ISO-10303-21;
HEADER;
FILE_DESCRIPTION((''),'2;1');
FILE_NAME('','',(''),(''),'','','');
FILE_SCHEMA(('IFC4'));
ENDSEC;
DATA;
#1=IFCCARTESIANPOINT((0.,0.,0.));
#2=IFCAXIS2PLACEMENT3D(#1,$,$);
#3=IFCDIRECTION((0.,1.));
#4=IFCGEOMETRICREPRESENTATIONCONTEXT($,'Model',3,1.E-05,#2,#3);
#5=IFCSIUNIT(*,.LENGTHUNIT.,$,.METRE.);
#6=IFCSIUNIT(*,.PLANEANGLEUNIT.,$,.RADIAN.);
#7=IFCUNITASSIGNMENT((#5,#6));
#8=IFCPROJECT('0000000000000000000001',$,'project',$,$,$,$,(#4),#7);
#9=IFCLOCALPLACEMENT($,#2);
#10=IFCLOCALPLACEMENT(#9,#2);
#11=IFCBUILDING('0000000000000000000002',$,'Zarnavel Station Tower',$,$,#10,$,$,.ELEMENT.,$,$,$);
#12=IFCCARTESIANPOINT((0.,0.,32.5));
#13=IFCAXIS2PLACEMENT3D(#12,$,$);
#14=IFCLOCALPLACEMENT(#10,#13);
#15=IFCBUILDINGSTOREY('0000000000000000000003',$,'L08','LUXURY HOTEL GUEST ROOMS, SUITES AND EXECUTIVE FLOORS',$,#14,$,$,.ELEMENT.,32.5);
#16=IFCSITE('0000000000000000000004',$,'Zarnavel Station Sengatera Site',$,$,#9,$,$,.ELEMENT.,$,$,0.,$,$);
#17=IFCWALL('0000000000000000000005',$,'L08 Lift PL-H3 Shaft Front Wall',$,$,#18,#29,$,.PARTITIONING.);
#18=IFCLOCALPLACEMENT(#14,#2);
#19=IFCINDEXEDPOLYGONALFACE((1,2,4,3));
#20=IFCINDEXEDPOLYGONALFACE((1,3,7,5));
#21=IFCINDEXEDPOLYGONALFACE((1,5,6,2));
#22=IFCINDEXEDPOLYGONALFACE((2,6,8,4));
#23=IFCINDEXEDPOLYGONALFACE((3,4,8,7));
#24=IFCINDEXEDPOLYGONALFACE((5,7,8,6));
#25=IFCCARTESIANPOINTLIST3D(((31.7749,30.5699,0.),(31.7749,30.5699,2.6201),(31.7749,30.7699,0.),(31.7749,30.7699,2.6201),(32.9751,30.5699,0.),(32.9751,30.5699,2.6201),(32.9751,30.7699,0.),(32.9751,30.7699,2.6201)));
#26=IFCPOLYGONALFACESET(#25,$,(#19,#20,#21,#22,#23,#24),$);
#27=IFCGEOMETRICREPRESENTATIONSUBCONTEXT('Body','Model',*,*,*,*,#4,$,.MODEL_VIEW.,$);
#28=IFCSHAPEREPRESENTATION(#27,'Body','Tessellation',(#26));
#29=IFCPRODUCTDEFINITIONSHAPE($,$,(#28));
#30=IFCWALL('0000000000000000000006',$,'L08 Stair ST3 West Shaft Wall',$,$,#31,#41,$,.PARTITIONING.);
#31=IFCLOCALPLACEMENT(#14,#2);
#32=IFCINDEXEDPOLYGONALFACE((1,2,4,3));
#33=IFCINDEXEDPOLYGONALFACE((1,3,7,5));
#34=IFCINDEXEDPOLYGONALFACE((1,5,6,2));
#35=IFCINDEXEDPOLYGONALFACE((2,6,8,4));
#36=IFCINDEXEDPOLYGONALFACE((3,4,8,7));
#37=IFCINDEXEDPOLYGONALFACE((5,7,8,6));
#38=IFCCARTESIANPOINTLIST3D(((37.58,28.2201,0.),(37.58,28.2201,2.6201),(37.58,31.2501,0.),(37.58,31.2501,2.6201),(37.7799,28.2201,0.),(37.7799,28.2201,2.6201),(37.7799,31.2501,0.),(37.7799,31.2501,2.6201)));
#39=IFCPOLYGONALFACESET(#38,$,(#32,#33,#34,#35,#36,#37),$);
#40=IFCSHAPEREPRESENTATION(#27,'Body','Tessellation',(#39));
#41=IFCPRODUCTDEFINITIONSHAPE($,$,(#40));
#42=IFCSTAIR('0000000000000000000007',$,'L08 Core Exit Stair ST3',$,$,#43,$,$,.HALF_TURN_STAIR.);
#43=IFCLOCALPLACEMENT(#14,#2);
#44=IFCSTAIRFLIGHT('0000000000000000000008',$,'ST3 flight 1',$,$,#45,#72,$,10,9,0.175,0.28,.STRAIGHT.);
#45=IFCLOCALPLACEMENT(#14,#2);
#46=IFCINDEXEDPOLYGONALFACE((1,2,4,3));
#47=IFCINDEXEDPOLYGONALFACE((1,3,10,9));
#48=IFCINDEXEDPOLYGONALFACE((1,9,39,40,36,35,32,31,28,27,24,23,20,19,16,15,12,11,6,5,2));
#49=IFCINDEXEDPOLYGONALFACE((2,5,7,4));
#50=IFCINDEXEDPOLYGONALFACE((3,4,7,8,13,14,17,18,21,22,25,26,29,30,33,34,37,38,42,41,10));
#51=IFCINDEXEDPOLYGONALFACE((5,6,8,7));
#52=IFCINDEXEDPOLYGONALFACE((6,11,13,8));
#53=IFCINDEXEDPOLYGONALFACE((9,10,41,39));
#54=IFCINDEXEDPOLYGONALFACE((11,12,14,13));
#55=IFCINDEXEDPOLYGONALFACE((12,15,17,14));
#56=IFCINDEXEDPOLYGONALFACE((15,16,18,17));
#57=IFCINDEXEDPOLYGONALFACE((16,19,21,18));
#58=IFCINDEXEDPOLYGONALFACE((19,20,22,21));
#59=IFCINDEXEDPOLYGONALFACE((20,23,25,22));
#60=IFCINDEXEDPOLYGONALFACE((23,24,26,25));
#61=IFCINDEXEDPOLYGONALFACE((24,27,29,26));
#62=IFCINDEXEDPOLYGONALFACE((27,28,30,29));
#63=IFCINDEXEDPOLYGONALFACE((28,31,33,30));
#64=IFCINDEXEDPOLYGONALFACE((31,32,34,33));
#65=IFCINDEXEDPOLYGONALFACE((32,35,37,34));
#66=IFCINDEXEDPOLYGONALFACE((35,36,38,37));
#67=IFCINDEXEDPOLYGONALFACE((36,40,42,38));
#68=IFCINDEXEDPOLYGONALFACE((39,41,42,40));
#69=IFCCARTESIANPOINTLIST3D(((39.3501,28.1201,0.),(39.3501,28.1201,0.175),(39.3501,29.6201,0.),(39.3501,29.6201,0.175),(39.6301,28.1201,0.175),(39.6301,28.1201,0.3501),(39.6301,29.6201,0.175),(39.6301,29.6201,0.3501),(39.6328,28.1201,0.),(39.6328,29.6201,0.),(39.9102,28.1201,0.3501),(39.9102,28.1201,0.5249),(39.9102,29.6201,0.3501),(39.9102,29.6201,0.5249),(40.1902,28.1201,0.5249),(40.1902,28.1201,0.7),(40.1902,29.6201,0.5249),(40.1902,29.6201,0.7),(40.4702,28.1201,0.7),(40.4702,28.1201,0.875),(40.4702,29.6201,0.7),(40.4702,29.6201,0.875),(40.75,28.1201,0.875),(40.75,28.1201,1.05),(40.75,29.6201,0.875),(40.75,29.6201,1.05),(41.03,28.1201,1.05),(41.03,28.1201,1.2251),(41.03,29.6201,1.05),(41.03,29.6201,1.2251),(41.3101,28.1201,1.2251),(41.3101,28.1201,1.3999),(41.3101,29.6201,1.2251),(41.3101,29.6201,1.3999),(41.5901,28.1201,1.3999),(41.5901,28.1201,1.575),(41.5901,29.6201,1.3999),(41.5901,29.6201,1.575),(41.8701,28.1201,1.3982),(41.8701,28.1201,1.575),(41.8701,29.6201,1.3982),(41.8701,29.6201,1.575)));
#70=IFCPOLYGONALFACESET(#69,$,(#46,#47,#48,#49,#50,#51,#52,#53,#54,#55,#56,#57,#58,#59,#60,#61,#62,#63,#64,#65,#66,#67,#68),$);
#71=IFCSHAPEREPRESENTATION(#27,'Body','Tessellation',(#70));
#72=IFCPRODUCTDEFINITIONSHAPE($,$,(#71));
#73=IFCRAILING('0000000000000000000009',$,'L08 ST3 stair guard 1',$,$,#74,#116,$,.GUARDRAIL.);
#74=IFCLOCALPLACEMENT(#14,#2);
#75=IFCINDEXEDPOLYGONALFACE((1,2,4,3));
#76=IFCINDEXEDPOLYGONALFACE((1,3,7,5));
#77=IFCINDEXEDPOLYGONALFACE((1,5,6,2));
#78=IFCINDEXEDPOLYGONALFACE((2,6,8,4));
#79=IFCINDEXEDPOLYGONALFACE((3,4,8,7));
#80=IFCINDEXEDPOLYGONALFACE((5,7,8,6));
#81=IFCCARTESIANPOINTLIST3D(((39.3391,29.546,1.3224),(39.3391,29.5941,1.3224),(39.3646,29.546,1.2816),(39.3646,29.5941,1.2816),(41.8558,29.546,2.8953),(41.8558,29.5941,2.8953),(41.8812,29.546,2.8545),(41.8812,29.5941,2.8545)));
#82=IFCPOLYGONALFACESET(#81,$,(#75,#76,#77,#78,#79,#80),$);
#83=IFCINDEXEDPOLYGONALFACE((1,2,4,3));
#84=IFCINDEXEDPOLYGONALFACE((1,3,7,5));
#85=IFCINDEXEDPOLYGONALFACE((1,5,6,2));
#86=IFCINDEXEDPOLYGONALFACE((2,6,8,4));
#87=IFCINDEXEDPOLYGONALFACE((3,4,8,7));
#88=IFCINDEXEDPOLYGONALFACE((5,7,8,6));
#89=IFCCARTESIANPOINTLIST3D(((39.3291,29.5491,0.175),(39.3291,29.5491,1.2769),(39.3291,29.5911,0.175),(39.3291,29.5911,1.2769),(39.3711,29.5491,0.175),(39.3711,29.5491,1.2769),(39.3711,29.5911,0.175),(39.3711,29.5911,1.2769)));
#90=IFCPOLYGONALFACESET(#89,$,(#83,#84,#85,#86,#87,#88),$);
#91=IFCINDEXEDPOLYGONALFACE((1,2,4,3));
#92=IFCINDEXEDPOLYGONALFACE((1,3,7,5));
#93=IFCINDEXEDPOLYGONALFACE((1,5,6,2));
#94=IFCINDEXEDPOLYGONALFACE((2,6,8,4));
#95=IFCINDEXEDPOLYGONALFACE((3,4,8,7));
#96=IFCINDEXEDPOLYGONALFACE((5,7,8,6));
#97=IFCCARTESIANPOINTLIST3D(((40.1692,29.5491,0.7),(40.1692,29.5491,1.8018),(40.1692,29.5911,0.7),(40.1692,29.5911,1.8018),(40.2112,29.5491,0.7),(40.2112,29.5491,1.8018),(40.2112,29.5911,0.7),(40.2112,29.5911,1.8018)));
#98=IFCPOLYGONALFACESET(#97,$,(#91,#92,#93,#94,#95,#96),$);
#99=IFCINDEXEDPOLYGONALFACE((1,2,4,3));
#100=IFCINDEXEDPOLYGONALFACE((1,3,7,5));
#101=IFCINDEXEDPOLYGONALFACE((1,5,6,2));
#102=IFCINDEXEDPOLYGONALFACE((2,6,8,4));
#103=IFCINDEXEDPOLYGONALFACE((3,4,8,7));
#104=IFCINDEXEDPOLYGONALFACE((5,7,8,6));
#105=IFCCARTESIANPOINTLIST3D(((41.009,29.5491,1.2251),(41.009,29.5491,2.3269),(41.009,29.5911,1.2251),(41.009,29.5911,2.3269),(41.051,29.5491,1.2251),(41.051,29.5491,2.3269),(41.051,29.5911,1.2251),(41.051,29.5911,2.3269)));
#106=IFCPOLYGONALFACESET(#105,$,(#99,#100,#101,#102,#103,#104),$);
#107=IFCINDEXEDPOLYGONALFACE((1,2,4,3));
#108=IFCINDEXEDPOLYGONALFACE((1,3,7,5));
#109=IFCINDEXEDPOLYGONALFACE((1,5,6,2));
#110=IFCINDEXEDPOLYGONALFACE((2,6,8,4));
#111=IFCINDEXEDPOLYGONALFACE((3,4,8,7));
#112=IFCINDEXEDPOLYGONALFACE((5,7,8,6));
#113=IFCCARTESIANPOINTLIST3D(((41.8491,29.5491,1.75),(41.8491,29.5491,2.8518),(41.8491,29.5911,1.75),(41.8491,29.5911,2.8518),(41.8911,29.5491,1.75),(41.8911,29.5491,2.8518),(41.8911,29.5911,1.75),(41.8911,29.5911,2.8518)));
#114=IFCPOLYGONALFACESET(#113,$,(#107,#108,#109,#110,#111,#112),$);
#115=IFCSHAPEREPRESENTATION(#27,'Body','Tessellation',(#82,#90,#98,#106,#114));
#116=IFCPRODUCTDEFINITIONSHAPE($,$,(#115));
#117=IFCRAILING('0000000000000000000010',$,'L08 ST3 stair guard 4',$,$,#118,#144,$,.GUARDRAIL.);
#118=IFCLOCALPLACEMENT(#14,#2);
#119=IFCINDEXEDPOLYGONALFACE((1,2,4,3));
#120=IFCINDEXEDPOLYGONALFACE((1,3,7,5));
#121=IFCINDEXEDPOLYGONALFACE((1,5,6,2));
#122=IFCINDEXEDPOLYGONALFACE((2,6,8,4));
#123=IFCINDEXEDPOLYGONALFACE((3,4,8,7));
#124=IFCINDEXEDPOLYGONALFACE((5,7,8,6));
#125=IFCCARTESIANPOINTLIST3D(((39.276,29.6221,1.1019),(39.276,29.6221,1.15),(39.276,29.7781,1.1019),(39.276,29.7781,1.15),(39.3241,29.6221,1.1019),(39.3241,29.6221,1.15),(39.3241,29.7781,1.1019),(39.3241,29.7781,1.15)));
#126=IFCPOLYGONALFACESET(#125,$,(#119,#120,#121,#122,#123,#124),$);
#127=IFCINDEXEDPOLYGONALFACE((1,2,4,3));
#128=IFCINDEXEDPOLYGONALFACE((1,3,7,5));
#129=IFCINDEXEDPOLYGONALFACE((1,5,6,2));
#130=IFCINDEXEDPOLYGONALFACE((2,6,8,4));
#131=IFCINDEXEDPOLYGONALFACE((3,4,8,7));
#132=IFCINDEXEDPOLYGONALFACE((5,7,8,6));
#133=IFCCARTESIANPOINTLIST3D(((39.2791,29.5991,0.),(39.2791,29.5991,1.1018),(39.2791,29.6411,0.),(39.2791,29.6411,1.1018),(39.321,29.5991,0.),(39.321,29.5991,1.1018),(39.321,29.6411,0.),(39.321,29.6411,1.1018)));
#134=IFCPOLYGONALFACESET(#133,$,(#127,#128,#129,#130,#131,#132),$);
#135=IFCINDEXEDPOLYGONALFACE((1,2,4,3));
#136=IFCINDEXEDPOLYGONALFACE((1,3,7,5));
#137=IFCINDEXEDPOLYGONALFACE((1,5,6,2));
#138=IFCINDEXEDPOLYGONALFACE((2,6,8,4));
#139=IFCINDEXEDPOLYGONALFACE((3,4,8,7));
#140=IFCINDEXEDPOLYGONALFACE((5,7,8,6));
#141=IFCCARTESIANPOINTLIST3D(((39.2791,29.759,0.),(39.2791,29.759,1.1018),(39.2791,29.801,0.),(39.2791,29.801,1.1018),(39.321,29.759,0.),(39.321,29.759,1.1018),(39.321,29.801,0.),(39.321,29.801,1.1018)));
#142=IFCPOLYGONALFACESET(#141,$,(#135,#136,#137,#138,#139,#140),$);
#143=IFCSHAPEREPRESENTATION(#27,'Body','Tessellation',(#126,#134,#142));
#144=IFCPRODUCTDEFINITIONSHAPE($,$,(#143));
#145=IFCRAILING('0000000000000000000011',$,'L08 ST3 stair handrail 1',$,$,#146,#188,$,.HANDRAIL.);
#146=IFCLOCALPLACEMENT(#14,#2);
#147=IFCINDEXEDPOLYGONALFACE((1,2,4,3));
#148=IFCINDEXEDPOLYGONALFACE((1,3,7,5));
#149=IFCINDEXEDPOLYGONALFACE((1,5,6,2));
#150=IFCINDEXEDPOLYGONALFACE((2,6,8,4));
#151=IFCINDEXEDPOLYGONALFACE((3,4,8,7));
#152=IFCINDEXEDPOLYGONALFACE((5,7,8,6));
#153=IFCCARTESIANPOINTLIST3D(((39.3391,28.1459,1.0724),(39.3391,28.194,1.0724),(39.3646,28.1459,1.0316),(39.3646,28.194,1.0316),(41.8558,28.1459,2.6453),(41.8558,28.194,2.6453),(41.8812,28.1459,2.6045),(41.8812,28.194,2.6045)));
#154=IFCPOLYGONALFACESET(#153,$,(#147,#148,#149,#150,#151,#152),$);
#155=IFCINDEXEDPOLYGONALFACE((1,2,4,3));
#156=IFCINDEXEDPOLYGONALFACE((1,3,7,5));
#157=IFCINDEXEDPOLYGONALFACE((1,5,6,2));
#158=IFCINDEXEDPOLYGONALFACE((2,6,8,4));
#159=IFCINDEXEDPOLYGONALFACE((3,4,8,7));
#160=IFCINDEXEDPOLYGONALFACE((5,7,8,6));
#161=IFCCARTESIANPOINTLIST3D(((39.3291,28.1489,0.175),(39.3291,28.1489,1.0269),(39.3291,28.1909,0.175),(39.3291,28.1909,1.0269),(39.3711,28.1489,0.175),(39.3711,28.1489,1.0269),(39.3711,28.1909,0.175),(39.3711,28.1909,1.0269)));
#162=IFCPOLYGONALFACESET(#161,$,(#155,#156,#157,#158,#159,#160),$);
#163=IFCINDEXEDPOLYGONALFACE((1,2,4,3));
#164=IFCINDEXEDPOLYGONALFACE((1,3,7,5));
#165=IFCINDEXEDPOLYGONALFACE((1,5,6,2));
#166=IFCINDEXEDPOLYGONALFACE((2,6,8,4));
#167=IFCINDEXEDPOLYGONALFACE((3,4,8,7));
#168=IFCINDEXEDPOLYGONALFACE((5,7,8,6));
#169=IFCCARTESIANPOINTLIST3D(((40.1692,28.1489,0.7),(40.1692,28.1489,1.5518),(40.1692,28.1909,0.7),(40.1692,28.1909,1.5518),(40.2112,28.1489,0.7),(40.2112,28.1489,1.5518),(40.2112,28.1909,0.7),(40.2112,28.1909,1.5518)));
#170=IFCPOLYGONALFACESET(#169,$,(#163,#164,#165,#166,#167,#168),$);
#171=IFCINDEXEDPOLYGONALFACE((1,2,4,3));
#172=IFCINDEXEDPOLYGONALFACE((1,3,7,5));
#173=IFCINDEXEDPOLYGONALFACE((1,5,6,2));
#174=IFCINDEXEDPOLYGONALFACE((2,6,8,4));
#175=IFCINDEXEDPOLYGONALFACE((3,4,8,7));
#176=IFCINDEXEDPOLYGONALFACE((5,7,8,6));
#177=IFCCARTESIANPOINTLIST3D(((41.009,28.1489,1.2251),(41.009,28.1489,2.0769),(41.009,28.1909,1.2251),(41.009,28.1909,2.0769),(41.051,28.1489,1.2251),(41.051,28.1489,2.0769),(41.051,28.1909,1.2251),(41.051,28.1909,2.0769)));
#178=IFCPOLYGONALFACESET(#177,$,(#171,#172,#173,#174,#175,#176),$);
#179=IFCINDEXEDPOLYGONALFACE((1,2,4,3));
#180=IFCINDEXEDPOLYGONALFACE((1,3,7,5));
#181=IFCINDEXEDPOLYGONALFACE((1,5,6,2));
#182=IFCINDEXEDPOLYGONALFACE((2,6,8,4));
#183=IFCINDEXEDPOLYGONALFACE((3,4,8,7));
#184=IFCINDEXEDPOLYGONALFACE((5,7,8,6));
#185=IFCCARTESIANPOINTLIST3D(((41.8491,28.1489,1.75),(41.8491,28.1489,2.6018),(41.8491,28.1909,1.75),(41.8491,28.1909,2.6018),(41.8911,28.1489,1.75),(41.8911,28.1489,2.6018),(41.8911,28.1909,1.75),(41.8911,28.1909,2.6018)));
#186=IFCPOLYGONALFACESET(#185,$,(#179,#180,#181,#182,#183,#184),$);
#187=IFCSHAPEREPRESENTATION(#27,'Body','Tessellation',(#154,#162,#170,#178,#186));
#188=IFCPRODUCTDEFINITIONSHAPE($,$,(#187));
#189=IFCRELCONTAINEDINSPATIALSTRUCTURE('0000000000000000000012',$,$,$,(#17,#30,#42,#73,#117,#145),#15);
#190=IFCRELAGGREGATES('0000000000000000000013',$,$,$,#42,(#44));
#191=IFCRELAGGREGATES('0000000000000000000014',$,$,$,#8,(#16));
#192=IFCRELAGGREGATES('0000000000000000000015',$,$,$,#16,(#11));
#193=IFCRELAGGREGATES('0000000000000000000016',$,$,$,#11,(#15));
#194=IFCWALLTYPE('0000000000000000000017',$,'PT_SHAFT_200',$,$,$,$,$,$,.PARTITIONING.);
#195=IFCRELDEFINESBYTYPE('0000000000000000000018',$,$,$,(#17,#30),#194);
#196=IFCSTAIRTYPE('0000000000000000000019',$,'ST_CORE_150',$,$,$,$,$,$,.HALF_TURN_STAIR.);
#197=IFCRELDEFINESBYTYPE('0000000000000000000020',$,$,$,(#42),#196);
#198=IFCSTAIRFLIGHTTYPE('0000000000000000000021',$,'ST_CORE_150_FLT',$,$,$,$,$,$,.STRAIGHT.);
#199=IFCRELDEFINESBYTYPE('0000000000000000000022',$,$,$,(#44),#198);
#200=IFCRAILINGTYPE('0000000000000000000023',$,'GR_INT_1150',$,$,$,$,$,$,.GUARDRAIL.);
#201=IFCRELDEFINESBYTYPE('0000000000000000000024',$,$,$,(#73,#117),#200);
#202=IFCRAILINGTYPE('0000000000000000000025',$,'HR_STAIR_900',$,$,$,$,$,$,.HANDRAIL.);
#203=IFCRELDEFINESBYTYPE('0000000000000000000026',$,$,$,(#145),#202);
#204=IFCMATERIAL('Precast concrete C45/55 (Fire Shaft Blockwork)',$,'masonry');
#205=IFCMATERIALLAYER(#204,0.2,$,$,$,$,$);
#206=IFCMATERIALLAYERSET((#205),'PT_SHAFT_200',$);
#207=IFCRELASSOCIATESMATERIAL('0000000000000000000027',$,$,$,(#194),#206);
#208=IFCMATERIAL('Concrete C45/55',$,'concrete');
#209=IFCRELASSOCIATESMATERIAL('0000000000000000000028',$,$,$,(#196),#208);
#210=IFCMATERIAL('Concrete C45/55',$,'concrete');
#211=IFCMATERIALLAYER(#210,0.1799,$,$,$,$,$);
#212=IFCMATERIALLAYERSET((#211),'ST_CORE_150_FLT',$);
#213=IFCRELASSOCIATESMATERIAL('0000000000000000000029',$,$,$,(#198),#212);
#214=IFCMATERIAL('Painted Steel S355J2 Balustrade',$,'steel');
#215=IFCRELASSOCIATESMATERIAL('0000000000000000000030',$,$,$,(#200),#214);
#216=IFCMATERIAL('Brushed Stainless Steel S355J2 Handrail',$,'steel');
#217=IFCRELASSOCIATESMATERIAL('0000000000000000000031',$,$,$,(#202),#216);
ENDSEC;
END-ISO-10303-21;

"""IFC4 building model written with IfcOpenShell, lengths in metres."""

from ifc_helpers import new_model, si_unit, direction, frame, frame_2d, origin, origin_2d, place, context, subcontext, project, spatial, polyline, rectangle, outline, extrude, material, layer, layer_set, type_object, element, aggregate, save


model = new_model("IFC4")

# Units and contexts
model_context = context("Model", 3, precision=1e-05, world=origin(), true_north=direction((0.0, 1.0)))
body_context = subcontext(model_context, "Body", "Model", "MODEL_VIEW")
ifc_project = project(units=[si_unit("LENGTHUNIT", "METRE"), si_unit("PLANEANGLEUNIT", "RADIAN")], contexts=[model_context])

# Site, building, storey
site_placement = place(None, origin())
site = spatial("IfcSite", under=ifc_project, at=site_placement, Name="Zarnavel Station Sengatera Site", CompositionType="ELEMENT", RefElevation=0.0)
building_placement = place(site_placement, origin())
building = spatial("IfcBuilding", under=site, at=building_placement, Name="Zarnavel Station Tower", CompositionType="ELEMENT")
storey_placement = place(building_placement, frame((0.0, 0.0, 32.5)))
storey = spatial("IfcBuildingStorey", under=building, at=storey_placement, Name="L08", Description="LUXURY HOTEL GUEST ROOMS, SUITES AND EXECUTIVE FLOORS", CompositionType="ELEMENT", Elevation=32.5)

# Walls
ifc_material_1 = material(Name="Precast concrete C45/55 (Fire Shaft Blockwork)", Category="masonry")
ifc_layer_1 = layer(ifc_material_1, 0.2)
ifc_layer_set_1 = layer_set([ifc_layer_1], Name="PT_SHAFT_200")
wall_type_1 = type_object("IfcWallType", Name="PT_SHAFT_200", PredefinedType="PARTITIONING", material=ifc_layer_set_1)
wall_1_placement = place(storey_placement, frame((31.7749, 30.6699, 0.0), z_axis=(0.0, 0.0, 1.0), x_axis=(1.0, 0.0, 0.0)))
element("IfcWall", 1, at=wall_1_placement, inside=storey, type_object=wall_type_1, Name="L08 Lift PL-H3 Shaft Front Wall", PredefinedType="PARTITIONING", context=body_context, shape_type="SweptSolid", body=[
    extrude(rectangle(XDim=1.2002, YDim=0.2, at=frame_2d((0.6001, 0.0))), origin(), (0.0, 0.0, 1.0), 2.6201),
])
wall_2_placement = place(storey_placement, frame((37.6799, 28.22, 0.0), z_axis=(0.0, 0.0, 1.0), x_axis=(0.0, 1.0, 0.0)))
element("IfcWall", 2, at=wall_2_placement, inside=storey, type_object=wall_type_1, Name="L08 Stair ST3 West Shaft Wall", PredefinedType="PARTITIONING", context=body_context, shape_type="SweptSolid", body=[
    extrude(rectangle(XDim=3.03, YDim=0.2, at=frame_2d((1.5151, 0.0))), origin(), (0.0, 0.0, 1.0), 2.6201),
])

# Stair, stair flight
ifc_material_2 = material(Name="Concrete C45/55", Category="concrete")
stair_type = type_object("IfcStairType", Name="ST_CORE_150", PredefinedType="HALF_TURN_STAIR", material=ifc_material_2)
stair_placement = place(storey_placement, origin())
stair = element("IfcStair", 3, at=stair_placement, inside=storey, type_object=stair_type, Name="L08 Core Exit Stair ST3", PredefinedType="HALF_TURN_STAIR")
ifc_material_3 = material(Name="Concrete C45/55", Category="concrete")
ifc_layer_2 = layer(ifc_material_3, 0.1799)
ifc_layer_set_2 = layer_set([ifc_layer_2], Name="ST_CORE_150_FLT")
stair_flight_type = type_object("IfcStairFlightType", Name="ST_CORE_150_FLT", PredefinedType="STRAIGHT", material=ifc_layer_set_2)
stair_flight_placement = place(storey_placement, frame((39.3501, 28.8701, 0.0), z_axis=(0.0, 0.0, 1.0), x_axis=(1.0, 0.0, 0.0)))
stair_flight = element("IfcStairFlight", 4, at=stair_flight_placement, type_object=stair_flight_type, Name="ST3 flight 1", NumberOfRisers=10, NumberOfTreads=9, PredefinedType="STRAIGHT", RiserHeight=0.175, TreadLength=0.28, context=body_context, shape_type="SweptSolid", body=[
    extrude(outline(polyline([(0.0, 0.0), (0.0, 0.175), (0.28, 0.175), (0.28, 0.3501), (0.5601, 0.3501), (0.5601, 0.5249), (0.8401, 0.5249), (0.8401, 0.7), (1.1201, 0.7), (1.1201, 0.875), (1.3999, 0.875), (1.3999, 1.05), (1.6799, 1.05), (1.6799, 1.2251), (1.96, 1.2251), (1.96, 1.3999), (2.24, 1.3999), (2.24, 1.575), (2.52, 1.575), (2.52, 1.75), (2.52, 1.3982), (0.2827, 0.0), (0.0, 0.0)])), frame((0.0, 0.75, 0.0), z_axis=(0.0, -1.0, 0.0), x_axis=(1.0, 0.0, 0.0)), (0.0, 0.0, 1.0), 1.5),
])
aggregate(stair, [stair_flight])

# Railings
ifc_material_4 = material(Name="Painted Steel S355J2 Balustrade", Category="steel")
railing_type_1 = type_object("IfcRailingType", Name="GR_INT_1150", PredefinedType="GUARDRAIL", material=ifc_material_4)
railing_1_placement = place(storey_placement, frame((39.3501, 29.5701, 0.175)))
element("IfcRailing", 5, at=railing_1_placement, inside=storey, type_object=railing_type_1, Name="L08 ST3 stair guard 1", PredefinedType="GUARDRAIL", context=body_context, shape_type="SweptSolid", body=[
    extrude(rectangle(XDim=0.0481, YDim=0.0481, at=origin_2d()), frame((0.0017, 0.0, 1.127), z_axis=(0.848008, 0.0, 0.529984), x_axis=(0.0, 1.0, 0.0)), (0.0, 0.0, 1.0), 2.9678),
    extrude(rectangle(XDim=0.042, YDim=0.042, at=origin_2d()), origin(), (0.0, 0.0, 1.0), 1.1018),
    extrude(rectangle(XDim=0.042, YDim=0.042, at=origin_2d()), frame((0.8401, 0.0, 0.5249)), (0.0, 0.0, 1.0), 1.1018),
    extrude(rectangle(XDim=0.042, YDim=0.042, at=origin_2d()), frame((1.6799, 0.0, 1.05)), (0.0, 0.0, 1.0), 1.1018),
    extrude(rectangle(XDim=0.042, YDim=0.042, at=origin_2d()), frame((2.52, 0.0, 1.575)), (0.0, 0.0, 1.0), 1.1018),
])
railing_2_placement = place(storey_placement, frame((39.3, 29.6201, 0.0)))
element("IfcRailing", 6, at=railing_2_placement, inside=storey, type_object=railing_type_1, Name="L08 ST3 stair guard 4", PredefinedType="GUARDRAIL", context=body_context, shape_type="SweptSolid", body=[
    extrude(rectangle(XDim=0.0481, YDim=0.0481, at=origin_2d()), frame((0.0, 0.002, 1.126), z_axis=(0.0, 1.0, 0.0), x_axis=(-1.0, 0.0, 0.0)), (0.0, 0.0, 1.0), 0.156),
    extrude(rectangle(XDim=0.042, YDim=0.042, at=origin_2d()), origin(), (0.0, 0.0, 1.0), 1.1018),
    extrude(rectangle(XDim=0.042, YDim=0.042, at=origin_2d()), frame((0.0, 0.1599, 0.0)), (0.0, 0.0, 1.0), 1.1018),
])
ifc_material_5 = material(Name="Brushed Stainless Steel S355J2 Handrail", Category="steel")
railing_type_2 = type_object("IfcRailingType", Name="HR_STAIR_900", PredefinedType="HANDRAIL", material=ifc_material_5)
railing_3_placement = place(storey_placement, frame((39.3501, 28.1699, 0.175)))
element("IfcRailing", 7, at=railing_3_placement, inside=storey, type_object=railing_type_2, Name="L08 ST3 stair handrail 1", PredefinedType="HANDRAIL", context=body_context, shape_type="SweptSolid", body=[
    extrude(rectangle(XDim=0.0481, YDim=0.0481, at=origin_2d()), frame((0.0017, 0.0, 0.877), z_axis=(0.848008, 0.0, 0.529984), x_axis=(0.0, 1.0, 0.0)), (0.0, 0.0, 1.0), 2.9678),
    extrude(rectangle(XDim=0.042, YDim=0.042, at=origin_2d()), origin(), (0.0, 0.0, 1.0), 0.8518),
    extrude(rectangle(XDim=0.042, YDim=0.042, at=origin_2d()), frame((0.8401, 0.0, 0.5249)), (0.0, 0.0, 1.0), 0.8518),
    extrude(rectangle(XDim=0.042, YDim=0.042, at=origin_2d()), frame((1.6799, 0.0, 1.05)), (0.0, 0.0, 1.0), 0.8518),
    extrude(rectangle(XDim=0.042, YDim=0.042, at=origin_2d()), frame((2.52, 0.0, 1.575)), (0.0, 0.0, 1.0), 0.8518),
])

save(model, "model.ifc")
